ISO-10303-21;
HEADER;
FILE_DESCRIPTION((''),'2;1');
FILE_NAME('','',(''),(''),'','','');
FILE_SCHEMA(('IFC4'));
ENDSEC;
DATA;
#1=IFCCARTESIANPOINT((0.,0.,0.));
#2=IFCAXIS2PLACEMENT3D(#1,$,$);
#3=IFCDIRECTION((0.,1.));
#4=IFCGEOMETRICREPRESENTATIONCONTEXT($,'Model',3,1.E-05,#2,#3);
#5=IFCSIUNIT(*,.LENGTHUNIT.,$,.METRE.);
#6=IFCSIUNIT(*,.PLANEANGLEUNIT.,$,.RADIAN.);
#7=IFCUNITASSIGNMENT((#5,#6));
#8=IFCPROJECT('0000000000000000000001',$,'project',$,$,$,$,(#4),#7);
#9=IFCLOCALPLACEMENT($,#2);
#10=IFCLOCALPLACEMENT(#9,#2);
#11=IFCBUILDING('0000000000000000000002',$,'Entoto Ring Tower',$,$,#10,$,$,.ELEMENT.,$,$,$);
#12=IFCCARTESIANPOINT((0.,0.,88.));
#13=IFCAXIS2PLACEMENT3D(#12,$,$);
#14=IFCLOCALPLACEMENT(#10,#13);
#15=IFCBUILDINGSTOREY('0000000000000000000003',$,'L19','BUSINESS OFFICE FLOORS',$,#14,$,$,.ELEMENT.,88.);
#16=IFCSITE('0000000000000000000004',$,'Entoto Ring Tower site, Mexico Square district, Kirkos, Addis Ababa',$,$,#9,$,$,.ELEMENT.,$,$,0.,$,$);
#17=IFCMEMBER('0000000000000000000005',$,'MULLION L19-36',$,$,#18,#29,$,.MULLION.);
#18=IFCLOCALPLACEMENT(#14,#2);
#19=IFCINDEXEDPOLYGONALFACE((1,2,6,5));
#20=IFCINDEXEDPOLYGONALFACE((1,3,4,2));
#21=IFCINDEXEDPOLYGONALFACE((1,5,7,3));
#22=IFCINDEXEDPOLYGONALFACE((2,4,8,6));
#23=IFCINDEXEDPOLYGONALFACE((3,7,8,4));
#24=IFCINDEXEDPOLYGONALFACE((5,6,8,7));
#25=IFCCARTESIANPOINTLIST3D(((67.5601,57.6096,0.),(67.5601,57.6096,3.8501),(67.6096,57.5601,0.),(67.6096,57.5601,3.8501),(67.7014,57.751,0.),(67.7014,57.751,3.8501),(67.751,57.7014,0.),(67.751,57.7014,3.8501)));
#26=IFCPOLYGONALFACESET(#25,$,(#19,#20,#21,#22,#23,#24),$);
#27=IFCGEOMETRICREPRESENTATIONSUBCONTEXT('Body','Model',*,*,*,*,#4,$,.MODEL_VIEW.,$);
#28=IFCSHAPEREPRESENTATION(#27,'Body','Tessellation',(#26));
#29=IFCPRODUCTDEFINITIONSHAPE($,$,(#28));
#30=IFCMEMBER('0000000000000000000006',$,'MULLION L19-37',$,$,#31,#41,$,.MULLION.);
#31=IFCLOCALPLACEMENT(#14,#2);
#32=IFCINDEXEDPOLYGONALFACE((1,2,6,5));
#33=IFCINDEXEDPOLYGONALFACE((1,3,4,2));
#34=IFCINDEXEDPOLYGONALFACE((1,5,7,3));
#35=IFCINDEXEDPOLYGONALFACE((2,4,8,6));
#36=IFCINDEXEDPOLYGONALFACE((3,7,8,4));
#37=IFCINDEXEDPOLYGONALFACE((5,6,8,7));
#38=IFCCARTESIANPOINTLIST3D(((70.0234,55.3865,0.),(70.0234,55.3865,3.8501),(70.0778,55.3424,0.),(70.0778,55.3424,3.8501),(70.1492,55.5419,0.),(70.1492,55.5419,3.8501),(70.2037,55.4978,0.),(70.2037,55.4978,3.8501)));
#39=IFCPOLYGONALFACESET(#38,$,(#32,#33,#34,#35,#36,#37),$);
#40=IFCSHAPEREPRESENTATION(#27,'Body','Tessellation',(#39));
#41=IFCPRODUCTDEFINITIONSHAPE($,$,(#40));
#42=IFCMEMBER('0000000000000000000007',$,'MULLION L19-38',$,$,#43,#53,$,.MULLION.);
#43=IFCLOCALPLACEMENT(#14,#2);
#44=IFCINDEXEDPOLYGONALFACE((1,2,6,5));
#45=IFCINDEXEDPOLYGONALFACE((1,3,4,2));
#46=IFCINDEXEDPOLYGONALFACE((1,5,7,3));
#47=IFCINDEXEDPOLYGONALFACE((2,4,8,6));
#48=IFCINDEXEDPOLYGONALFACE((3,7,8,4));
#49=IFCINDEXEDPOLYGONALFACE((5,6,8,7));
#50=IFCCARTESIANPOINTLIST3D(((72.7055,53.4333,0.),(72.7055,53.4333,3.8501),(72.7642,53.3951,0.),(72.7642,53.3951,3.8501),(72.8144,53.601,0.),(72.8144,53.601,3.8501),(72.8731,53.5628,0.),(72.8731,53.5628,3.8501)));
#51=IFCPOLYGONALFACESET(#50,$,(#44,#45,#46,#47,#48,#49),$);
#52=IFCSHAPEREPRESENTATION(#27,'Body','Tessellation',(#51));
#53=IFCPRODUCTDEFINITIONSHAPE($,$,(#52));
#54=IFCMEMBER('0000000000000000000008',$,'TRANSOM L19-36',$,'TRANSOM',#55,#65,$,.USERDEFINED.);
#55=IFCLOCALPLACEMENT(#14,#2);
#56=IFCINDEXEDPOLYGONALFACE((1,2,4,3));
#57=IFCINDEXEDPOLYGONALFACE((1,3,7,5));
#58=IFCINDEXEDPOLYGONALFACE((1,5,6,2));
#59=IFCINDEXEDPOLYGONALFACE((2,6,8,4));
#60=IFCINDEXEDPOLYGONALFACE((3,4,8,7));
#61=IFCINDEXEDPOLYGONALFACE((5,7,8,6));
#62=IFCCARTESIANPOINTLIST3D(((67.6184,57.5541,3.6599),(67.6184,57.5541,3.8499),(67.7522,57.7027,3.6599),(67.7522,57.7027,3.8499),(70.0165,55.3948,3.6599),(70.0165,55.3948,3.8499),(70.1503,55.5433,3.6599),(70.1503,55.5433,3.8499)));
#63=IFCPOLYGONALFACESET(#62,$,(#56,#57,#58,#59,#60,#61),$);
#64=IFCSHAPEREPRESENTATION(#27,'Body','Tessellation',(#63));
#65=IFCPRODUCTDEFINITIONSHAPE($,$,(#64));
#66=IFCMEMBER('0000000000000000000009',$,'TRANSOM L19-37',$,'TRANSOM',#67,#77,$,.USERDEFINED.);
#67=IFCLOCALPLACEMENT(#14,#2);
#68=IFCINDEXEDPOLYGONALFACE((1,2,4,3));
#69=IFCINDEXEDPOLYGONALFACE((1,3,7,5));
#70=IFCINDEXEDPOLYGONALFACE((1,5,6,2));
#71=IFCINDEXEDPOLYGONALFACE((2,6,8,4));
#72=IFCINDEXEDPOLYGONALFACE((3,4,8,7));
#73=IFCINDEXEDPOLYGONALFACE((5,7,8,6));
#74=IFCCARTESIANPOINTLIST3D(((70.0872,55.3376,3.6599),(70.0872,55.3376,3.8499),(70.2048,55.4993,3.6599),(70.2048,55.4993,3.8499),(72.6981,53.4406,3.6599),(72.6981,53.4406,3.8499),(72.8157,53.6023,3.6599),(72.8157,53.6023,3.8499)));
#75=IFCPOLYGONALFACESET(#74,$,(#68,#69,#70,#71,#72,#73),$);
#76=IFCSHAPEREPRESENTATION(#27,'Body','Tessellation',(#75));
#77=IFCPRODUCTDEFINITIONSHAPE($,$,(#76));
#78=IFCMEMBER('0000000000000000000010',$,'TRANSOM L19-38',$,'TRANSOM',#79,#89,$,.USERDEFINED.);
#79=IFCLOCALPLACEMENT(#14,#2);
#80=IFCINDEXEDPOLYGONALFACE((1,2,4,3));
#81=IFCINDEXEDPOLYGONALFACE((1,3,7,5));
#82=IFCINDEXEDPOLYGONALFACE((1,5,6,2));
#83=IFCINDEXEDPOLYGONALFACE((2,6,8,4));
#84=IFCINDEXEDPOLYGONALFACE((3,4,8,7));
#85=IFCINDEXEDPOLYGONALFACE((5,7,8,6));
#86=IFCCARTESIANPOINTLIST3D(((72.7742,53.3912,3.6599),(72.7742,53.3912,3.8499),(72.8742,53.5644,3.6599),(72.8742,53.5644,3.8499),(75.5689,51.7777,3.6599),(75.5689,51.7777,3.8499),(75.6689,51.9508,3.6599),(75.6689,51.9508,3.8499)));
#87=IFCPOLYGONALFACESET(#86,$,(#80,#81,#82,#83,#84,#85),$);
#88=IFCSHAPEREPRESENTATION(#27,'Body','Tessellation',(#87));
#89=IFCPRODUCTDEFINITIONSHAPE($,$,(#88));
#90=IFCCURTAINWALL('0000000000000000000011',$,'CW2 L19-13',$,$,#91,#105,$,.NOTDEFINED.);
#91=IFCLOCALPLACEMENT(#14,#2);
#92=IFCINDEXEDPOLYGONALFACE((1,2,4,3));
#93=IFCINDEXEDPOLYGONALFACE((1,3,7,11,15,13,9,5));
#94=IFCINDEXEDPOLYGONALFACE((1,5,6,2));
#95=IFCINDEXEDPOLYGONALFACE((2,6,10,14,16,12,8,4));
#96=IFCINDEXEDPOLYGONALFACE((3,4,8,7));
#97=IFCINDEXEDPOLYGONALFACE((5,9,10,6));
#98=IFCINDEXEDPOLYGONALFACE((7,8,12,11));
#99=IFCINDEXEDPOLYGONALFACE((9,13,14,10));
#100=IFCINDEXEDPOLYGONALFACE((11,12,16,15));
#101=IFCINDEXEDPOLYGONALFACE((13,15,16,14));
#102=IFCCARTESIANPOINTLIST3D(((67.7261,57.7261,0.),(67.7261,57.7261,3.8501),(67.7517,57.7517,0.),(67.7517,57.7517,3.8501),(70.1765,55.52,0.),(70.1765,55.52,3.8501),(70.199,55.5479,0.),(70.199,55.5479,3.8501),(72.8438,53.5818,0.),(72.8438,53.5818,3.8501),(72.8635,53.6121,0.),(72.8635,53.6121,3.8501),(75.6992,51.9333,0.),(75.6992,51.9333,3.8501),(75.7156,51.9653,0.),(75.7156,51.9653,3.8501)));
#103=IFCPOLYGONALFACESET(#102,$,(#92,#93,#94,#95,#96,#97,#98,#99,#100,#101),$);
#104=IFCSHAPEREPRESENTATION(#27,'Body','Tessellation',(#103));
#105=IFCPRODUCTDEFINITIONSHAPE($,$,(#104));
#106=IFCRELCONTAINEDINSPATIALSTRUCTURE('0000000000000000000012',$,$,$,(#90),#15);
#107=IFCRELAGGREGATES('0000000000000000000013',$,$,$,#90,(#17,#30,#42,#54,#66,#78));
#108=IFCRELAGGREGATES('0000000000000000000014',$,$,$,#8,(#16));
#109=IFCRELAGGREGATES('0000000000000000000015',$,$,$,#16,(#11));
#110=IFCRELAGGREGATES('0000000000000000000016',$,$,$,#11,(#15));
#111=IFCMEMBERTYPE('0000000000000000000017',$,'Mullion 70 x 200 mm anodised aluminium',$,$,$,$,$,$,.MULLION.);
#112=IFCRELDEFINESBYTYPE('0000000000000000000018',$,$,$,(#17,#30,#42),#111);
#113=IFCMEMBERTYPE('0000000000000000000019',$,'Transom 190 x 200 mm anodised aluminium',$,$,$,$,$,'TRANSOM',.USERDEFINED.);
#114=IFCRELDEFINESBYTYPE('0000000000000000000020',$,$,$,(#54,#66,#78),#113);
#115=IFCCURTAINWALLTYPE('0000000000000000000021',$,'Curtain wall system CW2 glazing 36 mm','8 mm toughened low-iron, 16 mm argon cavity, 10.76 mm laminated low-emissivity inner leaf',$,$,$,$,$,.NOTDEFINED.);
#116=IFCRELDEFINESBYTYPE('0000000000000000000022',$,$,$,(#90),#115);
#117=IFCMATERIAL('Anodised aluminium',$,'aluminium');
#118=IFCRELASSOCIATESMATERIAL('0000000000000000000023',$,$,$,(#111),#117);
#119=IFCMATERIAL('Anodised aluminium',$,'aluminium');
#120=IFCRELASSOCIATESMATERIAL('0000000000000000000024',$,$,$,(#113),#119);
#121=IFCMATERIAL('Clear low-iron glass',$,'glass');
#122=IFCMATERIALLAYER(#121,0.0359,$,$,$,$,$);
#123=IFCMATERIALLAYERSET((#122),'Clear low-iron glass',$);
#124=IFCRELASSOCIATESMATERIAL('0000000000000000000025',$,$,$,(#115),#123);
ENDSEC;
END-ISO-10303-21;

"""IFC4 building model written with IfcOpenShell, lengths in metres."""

from ifc_helpers import new_model, si_unit, direction, frame, origin, origin_2d, place, context, subcontext, project, spatial, polyline, rectangle, outline, extrude, material, layer, layer_set, material_profile, profile_set, type_object, element, aggregate, save


model = new_model("IFC4")

# Units and contexts
model_context = context("Model", 3, precision=1e-05, world=origin(), true_north=direction((0.0, 1.0)))
body_context = subcontext(model_context, "Body", "Model", "MODEL_VIEW")
ifc_project = project(units=[si_unit("LENGTHUNIT", "METRE"), si_unit("PLANEANGLEUNIT", "RADIAN")], contexts=[model_context])

# Members
ifc_material_1 = material(Name="Anodised aluminium", Category="aluminium")
ifc_material_profile_1 = material_profile(ifc_material_1, rectangle(XDim=0.0701, YDim=0.2, at=origin_2d()), Name="Mullion 70 x 200 mm anodised aluminium")
ifc_profile_set_1 = profile_set([ifc_material_profile_1], Name="Anodised aluminium")
member_type_1 = type_object("IfcMemberType", Name="Mullion 70 x 200 mm anodised aluminium", PredefinedType="MULLION", material=ifc_profile_set_1)
site_placement = place(None, origin())
building_placement = place(site_placement, origin())
storey_placement = place(building_placement, frame((0.0, 0.0, 88.0)))
member_1_placement = place(storey_placement, frame((67.6555, 57.6555, 0.0), z_axis=(0.0, 0.0, 1.0), x_axis=(0.707107, -0.707107, 0.0)))
member_1 = element("IfcMember", 1, at=member_1_placement, type_object=member_type_1, Name="MULLION L19-36", PredefinedType="MULLION", context=body_context, shape_type="SweptSolid", body=[
    extrude(rectangle(XDim=0.0701, YDim=0.2, at=origin_2d()), origin(), (0.0, 0.0, 1.0), 3.8501),
])
member_2_placement = place(storey_placement, frame((70.1135, 55.4421, 0.0), z_axis=(0.0, 0.0, 1.0), x_axis=(0.777146, -0.62932, 0.0)))
member_2 = element("IfcMember", 2, at=member_2_placement, type_object=member_type_1, Name="MULLION L19-37", PredefinedType="MULLION", context=body_context, shape_type="SweptSolid", body=[
    extrude(rectangle(XDim=0.0701, YDim=0.2, at=origin_2d()), origin(), (0.0, 0.0, 1.0), 3.8501),
])
member_3_placement = place(storey_placement, frame((72.7893, 53.498, 0.0), z_axis=(0.0, 0.0, 1.0), x_axis=(0.838671, -0.544639, 0.0)))
member_3 = element("IfcMember", 3, at=member_3_placement, type_object=member_type_1, Name="MULLION L19-38", PredefinedType="MULLION", context=body_context, shape_type="SweptSolid", body=[
    extrude(rectangle(XDim=0.0701, YDim=0.2, at=origin_2d()), origin(), (0.0, 0.0, 1.0), 3.8501),
])
ifc_material_2 = material(Name="Anodised aluminium", Category="aluminium")
ifc_material_profile_2 = material_profile(ifc_material_2, rectangle(XDim=0.2, YDim=0.1899, at=origin_2d()), Name="Transom 190 x 200 mm anodised aluminium")
ifc_profile_set_2 = profile_set([ifc_material_profile_2], Name="Anodised aluminium")
member_type_2 = type_object("IfcMemberType", Name="Transom 190 x 200 mm anodised aluminium", ElementType="TRANSOM", PredefinedType="USERDEFINED", material=ifc_profile_set_2)
member_4_placement = place(storey_placement, frame((67.6853, 57.6284, 3.7549), z_axis=(0.743132, -0.669144, 0.0), x_axis=(0.669144, 0.743132, 0.0)))
member_4 = element("IfcMember", 4, at=member_4_placement, type_object=member_type_2, Name="TRANSOM L19-36", ObjectType="TRANSOM", PredefinedType="USERDEFINED", context=body_context, shape_type="SweptSolid", body=[
    extrude(rectangle(XDim=0.2, YDim=0.1899, at=origin_2d()), origin(), (0.0, 0.0, 1.0), 3.2271),
])
member_5_placement = place(storey_placement, frame((70.146, 55.4185, 3.7549), z_axis=(0.809004, -0.587803, 0.0), x_axis=(0.587803, 0.809004, 0.0)))
member_5 = element("IfcMember", 5, at=member_5_placement, type_object=member_type_2, Name="TRANSOM L19-37", ObjectType="TRANSOM", PredefinedType="USERDEFINED", context=body_context, shape_type="SweptSolid", body=[
    extrude(rectangle(XDim=0.2, YDim=0.1899, at=origin_2d()), origin(), (0.0, 0.0, 1.0), 3.2273),
])
member_6_placement = place(storey_placement, frame((72.8242, 53.4778, 3.7549), z_axis=(0.866023, -0.500004, 0.0), x_axis=(0.500004, 0.866023, 0.0)))
member_6 = element("IfcMember", 6, at=member_6_placement, type_object=member_type_2, Name="TRANSOM L19-38", ObjectType="TRANSOM", PredefinedType="USERDEFINED", context=body_context, shape_type="SweptSolid", body=[
    extrude(rectangle(XDim=0.2, YDim=0.1899, at=origin_2d()), origin(), (0.0, 0.0, 1.0), 3.2271),
])

# Site, building, storey
site = spatial("IfcSite", under=ifc_project, at=site_placement, Name="Entoto Ring Tower site, Mexico Square district, Kirkos, Addis Ababa", CompositionType="ELEMENT", RefElevation=0.0)
building = spatial("IfcBuilding", under=site, at=building_placement, Name="Entoto Ring Tower", CompositionType="ELEMENT")
storey = spatial("IfcBuildingStorey", under=building, at=storey_placement, Name="L19", Description="BUSINESS OFFICE FLOORS", CompositionType="ELEMENT", Elevation=88.0)

# Curtain wall
ifc_material_3 = material(Name="Clear low-iron glass", Category="glass")
ifc_layer = layer(ifc_material_3, 0.0359)
ifc_layer_set = layer_set([ifc_layer], Name="Clear low-iron glass")
curtain_wall_type = type_object("IfcCurtainWallType", Name="Curtain wall system CW2 glazing 36 mm", Description="8 mm toughened low-iron, 16 mm argon cavity, 10.76 mm laminated low-emissivity inner leaf", PredefinedType="NOTDEFINED", material=ifc_layer_set)
curtain_wall_1_placement = place(storey_placement, origin())
curtain_wall_1 = element("IfcCurtainWall", 7, at=curtain_wall_1_placement, inside=storey, type_object=curtain_wall_type, Name="CW2 L19-13", PredefinedType="NOTDEFINED", context=body_context, shape_type="SweptSolid", body=[
    extrude(outline(polyline([(67.7261, 57.7261), (70.1765, 55.52), (72.8438, 53.5818), (75.6992, 51.9333), (75.7156, 51.9653), (72.8635, 53.6121), (70.199, 55.5479), (67.7517, 57.7517), (67.7261, 57.7261)])), origin(), (0.0, 0.0, 1.0), 3.8501),
])
aggregate(curtain_wall_1, [member_1, member_2, member_3, member_4, member_5, member_6])

save(model, "model.ifc")
